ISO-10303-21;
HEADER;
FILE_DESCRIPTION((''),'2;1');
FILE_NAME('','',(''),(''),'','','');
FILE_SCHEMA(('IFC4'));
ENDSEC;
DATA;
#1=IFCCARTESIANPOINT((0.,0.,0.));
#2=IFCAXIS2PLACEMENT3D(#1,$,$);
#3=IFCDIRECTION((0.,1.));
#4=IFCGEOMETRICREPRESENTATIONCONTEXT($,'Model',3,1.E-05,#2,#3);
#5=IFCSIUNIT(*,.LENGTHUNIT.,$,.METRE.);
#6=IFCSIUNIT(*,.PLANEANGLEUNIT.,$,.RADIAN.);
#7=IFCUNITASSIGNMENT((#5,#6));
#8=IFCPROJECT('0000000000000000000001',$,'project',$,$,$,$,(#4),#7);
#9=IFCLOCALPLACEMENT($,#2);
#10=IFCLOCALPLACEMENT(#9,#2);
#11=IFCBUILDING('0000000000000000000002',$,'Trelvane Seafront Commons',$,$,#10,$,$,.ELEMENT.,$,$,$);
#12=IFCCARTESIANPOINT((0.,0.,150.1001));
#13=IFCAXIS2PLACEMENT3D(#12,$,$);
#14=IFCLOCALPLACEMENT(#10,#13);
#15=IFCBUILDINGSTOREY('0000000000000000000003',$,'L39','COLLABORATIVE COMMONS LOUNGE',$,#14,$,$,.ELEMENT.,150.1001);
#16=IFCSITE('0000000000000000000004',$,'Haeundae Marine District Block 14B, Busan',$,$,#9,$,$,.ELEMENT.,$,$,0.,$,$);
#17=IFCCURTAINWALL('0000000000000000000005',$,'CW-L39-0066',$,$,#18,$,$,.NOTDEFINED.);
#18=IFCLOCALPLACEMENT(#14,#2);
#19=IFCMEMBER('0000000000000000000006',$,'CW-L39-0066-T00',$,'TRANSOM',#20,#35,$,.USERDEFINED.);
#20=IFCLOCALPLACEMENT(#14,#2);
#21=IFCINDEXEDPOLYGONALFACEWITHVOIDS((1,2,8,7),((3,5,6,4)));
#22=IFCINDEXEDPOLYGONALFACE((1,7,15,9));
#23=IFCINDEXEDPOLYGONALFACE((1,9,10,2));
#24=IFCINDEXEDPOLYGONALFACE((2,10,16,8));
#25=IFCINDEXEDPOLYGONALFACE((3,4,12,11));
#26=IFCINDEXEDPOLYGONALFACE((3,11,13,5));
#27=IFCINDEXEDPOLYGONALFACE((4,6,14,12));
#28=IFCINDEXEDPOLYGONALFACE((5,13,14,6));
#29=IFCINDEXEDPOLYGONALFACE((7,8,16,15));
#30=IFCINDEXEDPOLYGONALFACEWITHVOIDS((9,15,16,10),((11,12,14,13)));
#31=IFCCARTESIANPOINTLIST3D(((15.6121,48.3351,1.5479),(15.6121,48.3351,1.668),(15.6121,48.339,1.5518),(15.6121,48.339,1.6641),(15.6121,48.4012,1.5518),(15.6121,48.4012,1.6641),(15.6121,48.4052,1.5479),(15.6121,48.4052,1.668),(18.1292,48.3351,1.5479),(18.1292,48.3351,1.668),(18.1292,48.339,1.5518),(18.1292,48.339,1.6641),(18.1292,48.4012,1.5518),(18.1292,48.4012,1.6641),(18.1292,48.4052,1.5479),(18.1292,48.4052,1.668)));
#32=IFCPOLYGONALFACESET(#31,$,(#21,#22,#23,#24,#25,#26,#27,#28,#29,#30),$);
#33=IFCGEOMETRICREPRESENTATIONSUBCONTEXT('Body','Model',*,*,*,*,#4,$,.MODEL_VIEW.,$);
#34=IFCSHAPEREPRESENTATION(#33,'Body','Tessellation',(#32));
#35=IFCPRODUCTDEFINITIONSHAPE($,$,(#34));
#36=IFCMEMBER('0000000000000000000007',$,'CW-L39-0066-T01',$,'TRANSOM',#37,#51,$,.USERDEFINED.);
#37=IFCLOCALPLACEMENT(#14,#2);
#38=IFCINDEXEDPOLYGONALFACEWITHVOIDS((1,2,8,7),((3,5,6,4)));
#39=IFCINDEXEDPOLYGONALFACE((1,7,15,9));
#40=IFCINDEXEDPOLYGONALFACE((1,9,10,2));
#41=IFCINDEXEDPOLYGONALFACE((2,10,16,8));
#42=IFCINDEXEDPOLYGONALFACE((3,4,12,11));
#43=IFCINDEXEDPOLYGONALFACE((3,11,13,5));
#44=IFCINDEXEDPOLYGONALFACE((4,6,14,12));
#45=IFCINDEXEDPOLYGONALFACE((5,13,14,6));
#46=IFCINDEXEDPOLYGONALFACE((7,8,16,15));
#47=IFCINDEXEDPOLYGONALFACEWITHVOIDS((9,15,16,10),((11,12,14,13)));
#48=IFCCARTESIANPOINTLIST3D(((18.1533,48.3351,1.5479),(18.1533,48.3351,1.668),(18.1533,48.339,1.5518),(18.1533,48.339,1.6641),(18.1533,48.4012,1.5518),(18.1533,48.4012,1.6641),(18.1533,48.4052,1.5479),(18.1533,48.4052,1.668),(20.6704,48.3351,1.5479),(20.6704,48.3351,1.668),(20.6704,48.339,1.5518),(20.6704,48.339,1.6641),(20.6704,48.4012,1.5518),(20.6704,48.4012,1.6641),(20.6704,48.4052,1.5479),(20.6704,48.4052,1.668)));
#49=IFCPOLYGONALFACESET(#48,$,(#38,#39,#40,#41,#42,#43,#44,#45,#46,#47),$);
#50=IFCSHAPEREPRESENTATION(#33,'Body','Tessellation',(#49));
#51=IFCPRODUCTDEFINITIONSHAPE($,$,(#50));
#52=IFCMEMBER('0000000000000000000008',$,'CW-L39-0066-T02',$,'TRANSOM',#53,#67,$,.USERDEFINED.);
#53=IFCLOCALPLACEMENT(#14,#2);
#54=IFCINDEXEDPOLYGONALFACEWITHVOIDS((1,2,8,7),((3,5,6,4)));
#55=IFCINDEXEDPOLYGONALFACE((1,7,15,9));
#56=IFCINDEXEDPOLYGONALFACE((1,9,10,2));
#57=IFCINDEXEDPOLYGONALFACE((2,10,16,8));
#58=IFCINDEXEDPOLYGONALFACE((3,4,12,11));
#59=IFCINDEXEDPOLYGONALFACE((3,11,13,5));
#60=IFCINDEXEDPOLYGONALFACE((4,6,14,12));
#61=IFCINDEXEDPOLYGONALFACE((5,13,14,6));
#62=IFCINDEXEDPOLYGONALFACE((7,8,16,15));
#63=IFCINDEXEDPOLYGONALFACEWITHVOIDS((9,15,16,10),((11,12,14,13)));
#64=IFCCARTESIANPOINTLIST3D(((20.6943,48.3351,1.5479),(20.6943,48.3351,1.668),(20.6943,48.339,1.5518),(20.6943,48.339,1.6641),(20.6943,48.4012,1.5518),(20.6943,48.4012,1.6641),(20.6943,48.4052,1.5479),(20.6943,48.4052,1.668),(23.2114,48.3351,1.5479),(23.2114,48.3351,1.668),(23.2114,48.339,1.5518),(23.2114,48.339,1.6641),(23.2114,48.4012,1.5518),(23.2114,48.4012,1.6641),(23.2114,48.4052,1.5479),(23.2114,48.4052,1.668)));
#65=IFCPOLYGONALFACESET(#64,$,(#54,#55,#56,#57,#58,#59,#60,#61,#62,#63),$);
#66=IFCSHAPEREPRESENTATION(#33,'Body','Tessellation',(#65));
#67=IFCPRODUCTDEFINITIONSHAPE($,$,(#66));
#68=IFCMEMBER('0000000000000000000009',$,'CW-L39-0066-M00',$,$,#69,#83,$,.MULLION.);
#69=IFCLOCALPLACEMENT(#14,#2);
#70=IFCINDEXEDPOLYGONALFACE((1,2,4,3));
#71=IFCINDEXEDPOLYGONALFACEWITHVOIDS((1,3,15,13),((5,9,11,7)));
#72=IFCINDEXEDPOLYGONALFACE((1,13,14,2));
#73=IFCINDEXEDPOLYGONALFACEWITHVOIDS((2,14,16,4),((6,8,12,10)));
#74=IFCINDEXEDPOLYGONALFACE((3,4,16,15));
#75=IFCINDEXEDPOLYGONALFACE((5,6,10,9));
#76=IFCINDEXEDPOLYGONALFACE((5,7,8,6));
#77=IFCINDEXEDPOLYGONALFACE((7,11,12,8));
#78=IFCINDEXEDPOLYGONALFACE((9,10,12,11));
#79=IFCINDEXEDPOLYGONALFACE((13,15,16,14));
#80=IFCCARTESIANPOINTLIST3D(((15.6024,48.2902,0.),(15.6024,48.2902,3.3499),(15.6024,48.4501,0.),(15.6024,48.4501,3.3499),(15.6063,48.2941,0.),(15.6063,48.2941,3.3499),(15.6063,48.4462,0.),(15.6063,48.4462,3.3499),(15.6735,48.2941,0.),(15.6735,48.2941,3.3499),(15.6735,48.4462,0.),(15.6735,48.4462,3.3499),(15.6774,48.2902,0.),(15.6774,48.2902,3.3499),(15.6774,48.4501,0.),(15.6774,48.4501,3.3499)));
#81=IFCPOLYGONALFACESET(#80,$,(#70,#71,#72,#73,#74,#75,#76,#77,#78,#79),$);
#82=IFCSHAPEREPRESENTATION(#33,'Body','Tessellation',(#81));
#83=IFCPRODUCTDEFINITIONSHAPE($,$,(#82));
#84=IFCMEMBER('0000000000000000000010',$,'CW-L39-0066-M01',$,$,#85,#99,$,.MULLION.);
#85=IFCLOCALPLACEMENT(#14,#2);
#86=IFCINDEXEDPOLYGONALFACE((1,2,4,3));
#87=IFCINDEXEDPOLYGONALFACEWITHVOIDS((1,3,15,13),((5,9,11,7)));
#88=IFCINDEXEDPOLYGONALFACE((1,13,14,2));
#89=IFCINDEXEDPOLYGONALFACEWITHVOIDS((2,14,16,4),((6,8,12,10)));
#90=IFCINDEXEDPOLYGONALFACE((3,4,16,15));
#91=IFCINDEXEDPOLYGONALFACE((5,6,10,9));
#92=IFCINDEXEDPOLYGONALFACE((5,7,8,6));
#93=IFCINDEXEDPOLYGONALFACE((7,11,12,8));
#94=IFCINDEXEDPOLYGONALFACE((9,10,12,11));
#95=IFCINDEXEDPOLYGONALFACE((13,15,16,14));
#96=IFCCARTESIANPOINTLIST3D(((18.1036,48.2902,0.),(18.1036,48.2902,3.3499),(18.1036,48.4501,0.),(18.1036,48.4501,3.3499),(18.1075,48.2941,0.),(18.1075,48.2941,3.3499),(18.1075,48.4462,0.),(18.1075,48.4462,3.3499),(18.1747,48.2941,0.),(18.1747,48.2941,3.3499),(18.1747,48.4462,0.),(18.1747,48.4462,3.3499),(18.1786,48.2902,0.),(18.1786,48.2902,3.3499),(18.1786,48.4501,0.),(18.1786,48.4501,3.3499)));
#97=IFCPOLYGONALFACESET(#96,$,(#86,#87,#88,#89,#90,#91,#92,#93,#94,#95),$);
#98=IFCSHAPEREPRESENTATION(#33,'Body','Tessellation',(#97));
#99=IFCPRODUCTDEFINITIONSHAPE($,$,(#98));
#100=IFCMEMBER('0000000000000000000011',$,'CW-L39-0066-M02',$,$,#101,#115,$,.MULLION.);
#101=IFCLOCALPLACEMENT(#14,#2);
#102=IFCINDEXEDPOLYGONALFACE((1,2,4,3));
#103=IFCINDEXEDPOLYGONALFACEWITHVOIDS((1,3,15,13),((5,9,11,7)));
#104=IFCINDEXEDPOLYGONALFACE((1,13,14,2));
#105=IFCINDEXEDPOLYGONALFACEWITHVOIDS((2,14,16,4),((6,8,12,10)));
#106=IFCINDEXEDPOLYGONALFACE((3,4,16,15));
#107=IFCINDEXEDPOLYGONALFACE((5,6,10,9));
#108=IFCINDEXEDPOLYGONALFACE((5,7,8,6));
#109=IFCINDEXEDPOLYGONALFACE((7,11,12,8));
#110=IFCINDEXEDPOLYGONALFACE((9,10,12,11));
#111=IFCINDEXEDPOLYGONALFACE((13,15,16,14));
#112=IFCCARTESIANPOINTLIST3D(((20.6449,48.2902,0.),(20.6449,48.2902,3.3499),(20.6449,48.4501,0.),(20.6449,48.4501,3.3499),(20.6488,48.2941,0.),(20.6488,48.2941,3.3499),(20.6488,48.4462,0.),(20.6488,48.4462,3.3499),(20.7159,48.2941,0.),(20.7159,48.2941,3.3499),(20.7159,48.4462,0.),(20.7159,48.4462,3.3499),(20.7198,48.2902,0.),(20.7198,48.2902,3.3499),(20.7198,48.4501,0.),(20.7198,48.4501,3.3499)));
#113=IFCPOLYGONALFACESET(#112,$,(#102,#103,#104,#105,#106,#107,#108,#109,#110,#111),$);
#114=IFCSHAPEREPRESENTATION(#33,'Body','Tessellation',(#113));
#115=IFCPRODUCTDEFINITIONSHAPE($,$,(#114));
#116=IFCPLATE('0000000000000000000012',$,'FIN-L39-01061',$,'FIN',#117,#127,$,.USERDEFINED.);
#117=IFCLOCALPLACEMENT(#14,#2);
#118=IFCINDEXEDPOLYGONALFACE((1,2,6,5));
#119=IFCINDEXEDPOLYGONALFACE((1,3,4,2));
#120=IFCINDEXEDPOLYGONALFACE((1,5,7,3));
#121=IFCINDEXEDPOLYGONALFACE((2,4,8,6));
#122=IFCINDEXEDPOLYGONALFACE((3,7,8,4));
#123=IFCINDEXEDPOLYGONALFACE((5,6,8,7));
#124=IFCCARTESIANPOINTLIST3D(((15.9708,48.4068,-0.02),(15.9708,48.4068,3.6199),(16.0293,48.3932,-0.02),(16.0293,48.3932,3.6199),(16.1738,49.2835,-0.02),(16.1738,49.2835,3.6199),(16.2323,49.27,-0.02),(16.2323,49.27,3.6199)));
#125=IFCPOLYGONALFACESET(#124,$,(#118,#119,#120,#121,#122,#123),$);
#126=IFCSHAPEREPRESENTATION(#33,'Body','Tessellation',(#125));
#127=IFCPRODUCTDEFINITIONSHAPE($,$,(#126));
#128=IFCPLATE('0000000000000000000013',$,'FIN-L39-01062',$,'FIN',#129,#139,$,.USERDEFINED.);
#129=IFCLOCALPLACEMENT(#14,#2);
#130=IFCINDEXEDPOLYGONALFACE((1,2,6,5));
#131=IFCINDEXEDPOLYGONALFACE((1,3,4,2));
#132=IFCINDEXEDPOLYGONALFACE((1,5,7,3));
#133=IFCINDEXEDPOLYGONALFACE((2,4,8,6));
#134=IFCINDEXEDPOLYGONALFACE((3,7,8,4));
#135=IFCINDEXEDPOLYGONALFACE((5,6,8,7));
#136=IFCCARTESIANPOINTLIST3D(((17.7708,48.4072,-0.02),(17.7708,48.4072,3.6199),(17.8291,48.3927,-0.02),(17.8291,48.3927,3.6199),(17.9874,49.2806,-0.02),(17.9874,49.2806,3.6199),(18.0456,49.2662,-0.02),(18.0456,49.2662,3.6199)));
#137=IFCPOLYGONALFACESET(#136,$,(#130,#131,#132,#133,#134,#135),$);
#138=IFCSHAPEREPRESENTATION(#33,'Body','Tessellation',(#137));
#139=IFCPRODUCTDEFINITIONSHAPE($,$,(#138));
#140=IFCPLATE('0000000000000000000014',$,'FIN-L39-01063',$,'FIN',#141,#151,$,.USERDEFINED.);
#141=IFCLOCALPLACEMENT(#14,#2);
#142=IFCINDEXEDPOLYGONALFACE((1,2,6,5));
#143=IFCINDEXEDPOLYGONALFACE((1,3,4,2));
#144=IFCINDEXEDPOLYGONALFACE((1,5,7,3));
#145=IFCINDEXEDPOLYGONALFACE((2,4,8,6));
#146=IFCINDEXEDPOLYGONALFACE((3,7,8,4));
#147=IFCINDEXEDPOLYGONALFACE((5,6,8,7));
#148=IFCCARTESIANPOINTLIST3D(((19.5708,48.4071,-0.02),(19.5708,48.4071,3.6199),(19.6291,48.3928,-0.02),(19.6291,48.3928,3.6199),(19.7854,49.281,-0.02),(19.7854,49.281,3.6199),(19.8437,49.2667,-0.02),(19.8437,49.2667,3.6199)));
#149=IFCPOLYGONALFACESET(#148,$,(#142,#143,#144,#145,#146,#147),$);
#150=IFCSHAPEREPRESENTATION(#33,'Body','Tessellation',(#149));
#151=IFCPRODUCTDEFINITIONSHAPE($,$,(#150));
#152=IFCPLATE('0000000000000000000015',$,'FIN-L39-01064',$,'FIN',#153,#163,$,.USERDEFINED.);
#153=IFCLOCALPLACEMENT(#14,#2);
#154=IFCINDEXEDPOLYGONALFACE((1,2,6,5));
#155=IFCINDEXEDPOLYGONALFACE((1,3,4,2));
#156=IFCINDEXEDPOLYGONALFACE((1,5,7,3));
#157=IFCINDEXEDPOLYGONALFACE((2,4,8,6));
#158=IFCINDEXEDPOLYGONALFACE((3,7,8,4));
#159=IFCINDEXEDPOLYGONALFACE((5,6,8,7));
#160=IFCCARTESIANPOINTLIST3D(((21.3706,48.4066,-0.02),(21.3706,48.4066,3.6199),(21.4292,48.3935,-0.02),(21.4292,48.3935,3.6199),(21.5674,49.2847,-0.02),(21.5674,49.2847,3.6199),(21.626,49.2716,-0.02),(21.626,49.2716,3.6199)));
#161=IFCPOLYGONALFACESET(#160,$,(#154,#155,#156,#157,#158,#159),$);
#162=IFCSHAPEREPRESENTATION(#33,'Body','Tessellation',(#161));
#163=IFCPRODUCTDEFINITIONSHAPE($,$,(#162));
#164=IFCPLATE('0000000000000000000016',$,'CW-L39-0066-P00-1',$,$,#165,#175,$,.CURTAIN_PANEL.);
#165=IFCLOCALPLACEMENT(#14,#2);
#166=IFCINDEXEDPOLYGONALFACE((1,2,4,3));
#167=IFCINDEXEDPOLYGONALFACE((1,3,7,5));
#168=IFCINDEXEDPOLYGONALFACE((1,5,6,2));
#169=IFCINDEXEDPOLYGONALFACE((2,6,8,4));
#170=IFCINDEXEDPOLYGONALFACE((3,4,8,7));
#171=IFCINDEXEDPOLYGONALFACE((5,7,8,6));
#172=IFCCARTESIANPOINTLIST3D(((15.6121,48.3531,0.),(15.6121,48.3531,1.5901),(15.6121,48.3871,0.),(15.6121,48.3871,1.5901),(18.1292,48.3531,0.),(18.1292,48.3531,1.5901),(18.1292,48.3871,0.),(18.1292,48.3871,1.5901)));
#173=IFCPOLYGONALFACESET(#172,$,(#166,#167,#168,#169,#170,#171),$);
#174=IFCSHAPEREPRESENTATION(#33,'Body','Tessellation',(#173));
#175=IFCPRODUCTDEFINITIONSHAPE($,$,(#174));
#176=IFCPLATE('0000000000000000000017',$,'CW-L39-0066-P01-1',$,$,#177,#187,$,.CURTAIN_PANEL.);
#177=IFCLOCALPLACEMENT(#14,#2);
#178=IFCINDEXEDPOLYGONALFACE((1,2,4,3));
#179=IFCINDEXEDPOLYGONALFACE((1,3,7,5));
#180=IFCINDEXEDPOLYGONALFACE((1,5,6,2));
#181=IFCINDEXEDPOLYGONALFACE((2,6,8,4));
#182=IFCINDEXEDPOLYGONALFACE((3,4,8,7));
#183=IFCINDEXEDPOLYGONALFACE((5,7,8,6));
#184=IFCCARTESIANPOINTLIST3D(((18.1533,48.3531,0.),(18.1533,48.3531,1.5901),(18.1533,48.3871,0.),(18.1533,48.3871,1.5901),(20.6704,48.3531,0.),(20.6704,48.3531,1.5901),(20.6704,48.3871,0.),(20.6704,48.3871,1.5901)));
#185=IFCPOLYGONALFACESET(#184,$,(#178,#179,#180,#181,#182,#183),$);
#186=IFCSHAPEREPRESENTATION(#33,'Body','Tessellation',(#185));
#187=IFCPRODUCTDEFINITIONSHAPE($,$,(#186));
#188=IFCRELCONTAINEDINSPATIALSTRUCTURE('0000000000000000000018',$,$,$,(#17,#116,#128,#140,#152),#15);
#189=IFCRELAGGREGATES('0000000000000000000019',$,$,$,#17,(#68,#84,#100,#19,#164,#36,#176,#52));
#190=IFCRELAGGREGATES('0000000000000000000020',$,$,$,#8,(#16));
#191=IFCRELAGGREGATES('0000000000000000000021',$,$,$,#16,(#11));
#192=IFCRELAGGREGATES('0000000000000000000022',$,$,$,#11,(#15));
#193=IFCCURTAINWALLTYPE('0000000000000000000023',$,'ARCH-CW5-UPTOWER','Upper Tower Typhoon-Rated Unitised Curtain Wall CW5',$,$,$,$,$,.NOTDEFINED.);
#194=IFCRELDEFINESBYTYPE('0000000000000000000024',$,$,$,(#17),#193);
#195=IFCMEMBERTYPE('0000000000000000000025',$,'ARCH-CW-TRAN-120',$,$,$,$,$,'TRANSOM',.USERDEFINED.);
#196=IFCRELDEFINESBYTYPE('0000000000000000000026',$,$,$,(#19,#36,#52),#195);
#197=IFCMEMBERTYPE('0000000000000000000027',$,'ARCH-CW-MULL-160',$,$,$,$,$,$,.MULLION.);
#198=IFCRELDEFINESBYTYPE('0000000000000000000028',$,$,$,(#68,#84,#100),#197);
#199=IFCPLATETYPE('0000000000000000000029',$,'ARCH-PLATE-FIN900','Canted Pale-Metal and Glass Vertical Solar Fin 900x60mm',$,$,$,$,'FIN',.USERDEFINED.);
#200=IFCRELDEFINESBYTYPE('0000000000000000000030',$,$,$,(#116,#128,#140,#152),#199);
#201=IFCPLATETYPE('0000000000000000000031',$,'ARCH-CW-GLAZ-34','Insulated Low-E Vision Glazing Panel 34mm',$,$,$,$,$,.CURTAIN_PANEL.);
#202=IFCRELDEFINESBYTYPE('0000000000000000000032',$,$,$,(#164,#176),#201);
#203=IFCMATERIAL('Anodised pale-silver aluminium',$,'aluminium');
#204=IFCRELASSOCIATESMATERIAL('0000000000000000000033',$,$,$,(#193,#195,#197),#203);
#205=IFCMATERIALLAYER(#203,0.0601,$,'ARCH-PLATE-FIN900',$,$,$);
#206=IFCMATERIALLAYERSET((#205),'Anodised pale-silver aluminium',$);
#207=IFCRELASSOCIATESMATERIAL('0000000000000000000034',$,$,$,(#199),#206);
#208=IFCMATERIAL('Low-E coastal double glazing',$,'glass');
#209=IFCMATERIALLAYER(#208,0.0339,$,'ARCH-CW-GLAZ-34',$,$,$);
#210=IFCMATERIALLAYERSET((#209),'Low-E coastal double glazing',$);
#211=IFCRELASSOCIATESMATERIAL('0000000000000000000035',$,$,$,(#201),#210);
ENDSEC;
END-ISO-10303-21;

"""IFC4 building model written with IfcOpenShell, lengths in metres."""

from ifc_helpers import new_model, si_unit, direction, frame, origin, origin_2d, place, context, subcontext, project, spatial, rectangle, hollow_rectangle, extrude, source, transform, mapped, material, layer, layer_set, material_profile, profile_set, type_object, element, aggregate, save


model = new_model("IFC4")

# Units and contexts
model_context = context("Model", 3, precision=1e-05, world=origin(), true_north=direction((0.0, 1.0)))
body_context = subcontext(model_context, "Body", "Model", "MODEL_VIEW")
ifc_project = project(units=[si_unit("LENGTHUNIT", "METRE"), si_unit("PLANEANGLEUNIT", "RADIAN")], contexts=[model_context])

# Site, building, storey
site_placement = place(None, origin())
site = spatial("IfcSite", under=ifc_project, at=site_placement, Name="Haeundae Marine District Block 14B, Busan", CompositionType="ELEMENT", RefElevation=0.0)
building_placement = place(site_placement, origin())
building = spatial("IfcBuilding", under=site, at=building_placement, Name="Trelvane Seafront Commons", CompositionType="ELEMENT")
storey_placement = place(building_placement, frame((0.0, 0.0, 150.1001)))
storey = spatial("IfcBuildingStorey", under=building, at=storey_placement, Name="L39", Description="COLLABORATIVE COMMONS LOUNGE", CompositionType="ELEMENT", Elevation=150.1001)

# Curtain wall, members
ifc_material_1 = material(Name="Anodised pale-silver aluminium", Category="aluminium")
curtain_wall_type = type_object("IfcCurtainWallType", Name="ARCH-CW5-UPTOWER", Description="Upper Tower Typhoon-Rated Unitised Curtain Wall CW5", PredefinedType="NOTDEFINED", material=ifc_material_1)
curtain_wall_placement = place(storey_placement, origin())
curtain_wall = element("IfcCurtainWall", 1, at=curtain_wall_placement, inside=storey, type_object=curtain_wall_type, Name="CW-L39-0066", PredefinedType="NOTDEFINED")
ifc_material_profile_1 = material_profile(ifc_material_1, hollow_rectangle(XDim=0.0701, YDim=0.1201, WallThickness=0.0039, at=origin_2d()), Name="TRAN-70x120x4")
ifc_profile_set_1 = profile_set([ifc_material_profile_1], Name="Anodised pale-silver aluminium")
member_type_1 = type_object("IfcMemberType", Name="ARCH-CW-TRAN-120", ElementType="TRANSOM", PredefinedType="USERDEFINED", material=ifc_profile_set_1)
shared_shape_1 = source(origin(), body_context, "Body", "SweptSolid", [
    extrude(hollow_rectangle(XDim=0.0701, YDim=0.1201, WallThickness=0.0039, at=origin_2d()), origin(), (0.0, 0.0, 1.0), 2.5171),
])
member_1_placement = place(storey_placement, frame((15.6121, 48.3701, 1.6079), z_axis=(1.0, 0.0, 0.0), x_axis=(0.0, 1.0, 0.0)))
member_1 = element("IfcMember", 2, at=member_1_placement, type_object=member_type_1, Name="CW-L39-0066-T00", ObjectType="TRANSOM", PredefinedType="USERDEFINED", context=body_context, shape_type="MappedRepresentation", body=[
    mapped(shared_shape_1, transform((0.0, 0.0, 0.0), x_axis=(1.0, 0.0, 0.0), y_axis=(0.0, 1.0, 0.0), z_axis=(0.0, 0.0, 1.0), scale=1.0)),
])
member_2_placement = place(storey_placement, frame((18.1533, 48.3701, 1.6079), z_axis=(1.0, 0.0, 0.0), x_axis=(0.0, 1.0, 0.0)))
member_2 = element("IfcMember", 3, at=member_2_placement, type_object=member_type_1, Name="CW-L39-0066-T01", ObjectType="TRANSOM", PredefinedType="USERDEFINED", context=body_context, shape_type="MappedRepresentation", body=[
    mapped(shared_shape_1, transform((0.0, 0.0, 0.0), x_axis=(1.0, 0.0, 0.0), y_axis=(0.0, 1.0, 0.0), z_axis=(0.0, 0.0, 1.0), scale=1.0)),
])
member_3_placement = place(storey_placement, frame((20.6943, 48.3701, 1.6079), z_axis=(1.0, 0.0, 0.0), x_axis=(0.0, 1.0, 0.0)))
member_3 = element("IfcMember", 4, at=member_3_placement, type_object=member_type_1, Name="CW-L39-0066-T02", ObjectType="TRANSOM", PredefinedType="USERDEFINED", context=body_context, shape_type="MappedRepresentation", body=[
    mapped(shared_shape_1, transform((0.0, 0.0, 0.0), x_axis=(1.0, 0.0, 0.0), y_axis=(0.0, 1.0, 0.0), z_axis=(0.0, 0.0, 1.0), scale=1.0)),
])
ifc_material_profile_2 = material_profile(ifc_material_1, hollow_rectangle(XDim=0.075, YDim=0.1599, WallThickness=0.0039, at=origin_2d()), Name="MULL-75x160x4")
ifc_profile_set_2 = profile_set([ifc_material_profile_2], Name="Anodised pale-silver aluminium")
member_type_2 = type_object("IfcMemberType", Name="ARCH-CW-MULL-160", PredefinedType="MULLION", material=ifc_profile_set_2)
shared_shape_2 = source(origin(), body_context, "Body", "SweptSolid", [
    extrude(hollow_rectangle(XDim=0.075, YDim=0.1599, WallThickness=0.0039, at=origin_2d()), origin(), (0.0, 0.0, 1.0), 3.3499),
])
member_4_placement = place(storey_placement, frame((15.6399, 48.3701, 0.0), z_axis=(0.0, 0.0, 1.0), x_axis=(1.0, 0.0, 0.0)))
member_4 = element("IfcMember", 5, at=member_4_placement, type_object=member_type_2, Name="CW-L39-0066-M00", PredefinedType="MULLION", context=body_context, shape_type="MappedRepresentation", body=[
    mapped(shared_shape_2, transform((0.0, 0.0, 0.0), x_axis=(1.0, 0.0, 0.0), y_axis=(0.0, 1.0, 0.0), z_axis=(0.0, 0.0, 1.0), scale=1.0)),
])
member_5_placement = place(storey_placement, frame((18.1411, 48.3701, 0.0), z_axis=(0.0, 0.0, 1.0), x_axis=(1.0, 0.0, 0.0)))
member_5 = element("IfcMember", 6, at=member_5_placement, type_object=member_type_2, Name="CW-L39-0066-M01", PredefinedType="MULLION", context=body_context, shape_type="MappedRepresentation", body=[
    mapped(shared_shape_2, transform((0.0, 0.0, 0.0), x_axis=(1.0, 0.0, 0.0), y_axis=(0.0, 1.0, 0.0), z_axis=(0.0, 0.0, 1.0), scale=1.0)),
])
member_6_placement = place(storey_placement, frame((20.6824, 48.3701, 0.0), z_axis=(0.0, 0.0, 1.0), x_axis=(1.0, 0.0, 0.0)))
member_6 = element("IfcMember", 7, at=member_6_placement, type_object=member_type_2, Name="CW-L39-0066-M02", PredefinedType="MULLION", context=body_context, shape_type="MappedRepresentation", body=[
    mapped(shared_shape_2, transform((0.0, 0.0, 0.0), x_axis=(1.0, 0.0, 0.0), y_axis=(0.0, 1.0, 0.0), z_axis=(0.0, 0.0, 1.0), scale=1.0)),
])

# Plates
ifc_layer_1 = layer(ifc_material_1, 0.0601, Name="ARCH-PLATE-FIN900")
ifc_layer_set_1 = layer_set([ifc_layer_1], Name="Anodised pale-silver aluminium")
plate_type_1 = type_object("IfcPlateType", Name="ARCH-PLATE-FIN900", Description="Canted Pale-Metal and Glass Vertical Solar Fin 900x60mm", ElementType="FIN", PredefinedType="USERDEFINED", material=ifc_layer_set_1)
shared_shape_3 = source(origin(), body_context, "Body", "SweptSolid", [
    extrude(rectangle(XDim=0.8999, YDim=0.0601, at=origin_2d()), origin(), (0.0, 0.0, 1.0), 3.6399),
])
for number, where, z_axis, x_axis, name in (
    (8, (16.1016, 48.8384, -0.02), (0.0, 0.0, 1.0), (0.225558, 0.97423, 0.0), "FIN-L39-01061"),
    (9, (17.9082, 48.8367, -0.02), (0.0, 0.0, 1.0), (0.240679, 0.970605, 0.0), "FIN-L39-01062"),
    (10, (19.7073, 48.8369, -0.02), (0.0, 0.0, 1.0), (0.238455, 0.971153, 0.0), "FIN-L39-01063"),
    (11, (21.4983, 48.8391, -0.02), (0.0, 0.0, 1.0), (0.218671, 0.975799, 0.0), "FIN-L39-01064"),
):
    element("IfcPlate", number, at=place(storey_placement, frame(where, z_axis=z_axis, x_axis=x_axis)), inside=storey, type_object=plate_type_1, Name=name, ObjectType="FIN", PredefinedType="USERDEFINED", context=body_context, shape_type="MappedRepresentation", body=[
        mapped(shared_shape_3, transform((0.0, 0.0, 0.0), x_axis=(1.0, 0.0, 0.0), y_axis=(0.0, 1.0, 0.0), z_axis=(0.0, 0.0, 1.0), scale=1.0)),
    ])

# Plates
ifc_material_2 = material(Name="Low-E coastal double glazing", Category="glass")
ifc_layer_2 = layer(ifc_material_2, 0.0339, Name="ARCH-CW-GLAZ-34")
ifc_layer_set_2 = layer_set([ifc_layer_2], Name="Low-E coastal double glazing")
plate_type_2 = type_object("IfcPlateType", Name="ARCH-CW-GLAZ-34", Description="Insulated Low-E Vision Glazing Panel 34mm", PredefinedType="CURTAIN_PANEL", material=ifc_layer_set_2)
shared_shape_4 = source(origin(), body_context, "Body", "SweptSolid", [
    extrude(rectangle(XDim=2.5171, YDim=0.0339, at=origin_2d()), origin(), (0.0, 0.0, 1.0), 1.5901),
])
plate_1_placement = place(storey_placement, frame((16.8706, 48.3701, 0.0), z_axis=(0.0, 0.0, 1.0), x_axis=(1.0, 0.0, 0.0)))
plate_1 = element("IfcPlate", 12, at=plate_1_placement, type_object=plate_type_2, Name="CW-L39-0066-P00-1", PredefinedType="CURTAIN_PANEL", context=body_context, shape_type="MappedRepresentation", body=[
    mapped(shared_shape_4, transform((0.0, 0.0, 0.0), x_axis=(1.0, 0.0, 0.0), y_axis=(0.0, 1.0, 0.0), z_axis=(0.0, 0.0, 1.0), scale=1.0)),
])
plate_2_placement = place(storey_placement, frame((19.4119, 48.3701, 0.0), z_axis=(0.0, 0.0, 1.0), x_axis=(1.0, 0.0, 0.0)))
plate_2 = element("IfcPlate", 13, at=plate_2_placement, type_object=plate_type_2, Name="CW-L39-0066-P01-1", PredefinedType="CURTAIN_PANEL", context=body_context, shape_type="MappedRepresentation", body=[
    mapped(shared_shape_4, transform((0.0, 0.0, 0.0), x_axis=(1.0, 0.0, 0.0), y_axis=(0.0, 1.0, 0.0), z_axis=(0.0, 0.0, 1.0), scale=1.0)),
])
aggregate(curtain_wall, [member_4, member_5, member_6, member_1, plate_1, member_2, plate_2, member_3])

save(model, "model.ifc")
